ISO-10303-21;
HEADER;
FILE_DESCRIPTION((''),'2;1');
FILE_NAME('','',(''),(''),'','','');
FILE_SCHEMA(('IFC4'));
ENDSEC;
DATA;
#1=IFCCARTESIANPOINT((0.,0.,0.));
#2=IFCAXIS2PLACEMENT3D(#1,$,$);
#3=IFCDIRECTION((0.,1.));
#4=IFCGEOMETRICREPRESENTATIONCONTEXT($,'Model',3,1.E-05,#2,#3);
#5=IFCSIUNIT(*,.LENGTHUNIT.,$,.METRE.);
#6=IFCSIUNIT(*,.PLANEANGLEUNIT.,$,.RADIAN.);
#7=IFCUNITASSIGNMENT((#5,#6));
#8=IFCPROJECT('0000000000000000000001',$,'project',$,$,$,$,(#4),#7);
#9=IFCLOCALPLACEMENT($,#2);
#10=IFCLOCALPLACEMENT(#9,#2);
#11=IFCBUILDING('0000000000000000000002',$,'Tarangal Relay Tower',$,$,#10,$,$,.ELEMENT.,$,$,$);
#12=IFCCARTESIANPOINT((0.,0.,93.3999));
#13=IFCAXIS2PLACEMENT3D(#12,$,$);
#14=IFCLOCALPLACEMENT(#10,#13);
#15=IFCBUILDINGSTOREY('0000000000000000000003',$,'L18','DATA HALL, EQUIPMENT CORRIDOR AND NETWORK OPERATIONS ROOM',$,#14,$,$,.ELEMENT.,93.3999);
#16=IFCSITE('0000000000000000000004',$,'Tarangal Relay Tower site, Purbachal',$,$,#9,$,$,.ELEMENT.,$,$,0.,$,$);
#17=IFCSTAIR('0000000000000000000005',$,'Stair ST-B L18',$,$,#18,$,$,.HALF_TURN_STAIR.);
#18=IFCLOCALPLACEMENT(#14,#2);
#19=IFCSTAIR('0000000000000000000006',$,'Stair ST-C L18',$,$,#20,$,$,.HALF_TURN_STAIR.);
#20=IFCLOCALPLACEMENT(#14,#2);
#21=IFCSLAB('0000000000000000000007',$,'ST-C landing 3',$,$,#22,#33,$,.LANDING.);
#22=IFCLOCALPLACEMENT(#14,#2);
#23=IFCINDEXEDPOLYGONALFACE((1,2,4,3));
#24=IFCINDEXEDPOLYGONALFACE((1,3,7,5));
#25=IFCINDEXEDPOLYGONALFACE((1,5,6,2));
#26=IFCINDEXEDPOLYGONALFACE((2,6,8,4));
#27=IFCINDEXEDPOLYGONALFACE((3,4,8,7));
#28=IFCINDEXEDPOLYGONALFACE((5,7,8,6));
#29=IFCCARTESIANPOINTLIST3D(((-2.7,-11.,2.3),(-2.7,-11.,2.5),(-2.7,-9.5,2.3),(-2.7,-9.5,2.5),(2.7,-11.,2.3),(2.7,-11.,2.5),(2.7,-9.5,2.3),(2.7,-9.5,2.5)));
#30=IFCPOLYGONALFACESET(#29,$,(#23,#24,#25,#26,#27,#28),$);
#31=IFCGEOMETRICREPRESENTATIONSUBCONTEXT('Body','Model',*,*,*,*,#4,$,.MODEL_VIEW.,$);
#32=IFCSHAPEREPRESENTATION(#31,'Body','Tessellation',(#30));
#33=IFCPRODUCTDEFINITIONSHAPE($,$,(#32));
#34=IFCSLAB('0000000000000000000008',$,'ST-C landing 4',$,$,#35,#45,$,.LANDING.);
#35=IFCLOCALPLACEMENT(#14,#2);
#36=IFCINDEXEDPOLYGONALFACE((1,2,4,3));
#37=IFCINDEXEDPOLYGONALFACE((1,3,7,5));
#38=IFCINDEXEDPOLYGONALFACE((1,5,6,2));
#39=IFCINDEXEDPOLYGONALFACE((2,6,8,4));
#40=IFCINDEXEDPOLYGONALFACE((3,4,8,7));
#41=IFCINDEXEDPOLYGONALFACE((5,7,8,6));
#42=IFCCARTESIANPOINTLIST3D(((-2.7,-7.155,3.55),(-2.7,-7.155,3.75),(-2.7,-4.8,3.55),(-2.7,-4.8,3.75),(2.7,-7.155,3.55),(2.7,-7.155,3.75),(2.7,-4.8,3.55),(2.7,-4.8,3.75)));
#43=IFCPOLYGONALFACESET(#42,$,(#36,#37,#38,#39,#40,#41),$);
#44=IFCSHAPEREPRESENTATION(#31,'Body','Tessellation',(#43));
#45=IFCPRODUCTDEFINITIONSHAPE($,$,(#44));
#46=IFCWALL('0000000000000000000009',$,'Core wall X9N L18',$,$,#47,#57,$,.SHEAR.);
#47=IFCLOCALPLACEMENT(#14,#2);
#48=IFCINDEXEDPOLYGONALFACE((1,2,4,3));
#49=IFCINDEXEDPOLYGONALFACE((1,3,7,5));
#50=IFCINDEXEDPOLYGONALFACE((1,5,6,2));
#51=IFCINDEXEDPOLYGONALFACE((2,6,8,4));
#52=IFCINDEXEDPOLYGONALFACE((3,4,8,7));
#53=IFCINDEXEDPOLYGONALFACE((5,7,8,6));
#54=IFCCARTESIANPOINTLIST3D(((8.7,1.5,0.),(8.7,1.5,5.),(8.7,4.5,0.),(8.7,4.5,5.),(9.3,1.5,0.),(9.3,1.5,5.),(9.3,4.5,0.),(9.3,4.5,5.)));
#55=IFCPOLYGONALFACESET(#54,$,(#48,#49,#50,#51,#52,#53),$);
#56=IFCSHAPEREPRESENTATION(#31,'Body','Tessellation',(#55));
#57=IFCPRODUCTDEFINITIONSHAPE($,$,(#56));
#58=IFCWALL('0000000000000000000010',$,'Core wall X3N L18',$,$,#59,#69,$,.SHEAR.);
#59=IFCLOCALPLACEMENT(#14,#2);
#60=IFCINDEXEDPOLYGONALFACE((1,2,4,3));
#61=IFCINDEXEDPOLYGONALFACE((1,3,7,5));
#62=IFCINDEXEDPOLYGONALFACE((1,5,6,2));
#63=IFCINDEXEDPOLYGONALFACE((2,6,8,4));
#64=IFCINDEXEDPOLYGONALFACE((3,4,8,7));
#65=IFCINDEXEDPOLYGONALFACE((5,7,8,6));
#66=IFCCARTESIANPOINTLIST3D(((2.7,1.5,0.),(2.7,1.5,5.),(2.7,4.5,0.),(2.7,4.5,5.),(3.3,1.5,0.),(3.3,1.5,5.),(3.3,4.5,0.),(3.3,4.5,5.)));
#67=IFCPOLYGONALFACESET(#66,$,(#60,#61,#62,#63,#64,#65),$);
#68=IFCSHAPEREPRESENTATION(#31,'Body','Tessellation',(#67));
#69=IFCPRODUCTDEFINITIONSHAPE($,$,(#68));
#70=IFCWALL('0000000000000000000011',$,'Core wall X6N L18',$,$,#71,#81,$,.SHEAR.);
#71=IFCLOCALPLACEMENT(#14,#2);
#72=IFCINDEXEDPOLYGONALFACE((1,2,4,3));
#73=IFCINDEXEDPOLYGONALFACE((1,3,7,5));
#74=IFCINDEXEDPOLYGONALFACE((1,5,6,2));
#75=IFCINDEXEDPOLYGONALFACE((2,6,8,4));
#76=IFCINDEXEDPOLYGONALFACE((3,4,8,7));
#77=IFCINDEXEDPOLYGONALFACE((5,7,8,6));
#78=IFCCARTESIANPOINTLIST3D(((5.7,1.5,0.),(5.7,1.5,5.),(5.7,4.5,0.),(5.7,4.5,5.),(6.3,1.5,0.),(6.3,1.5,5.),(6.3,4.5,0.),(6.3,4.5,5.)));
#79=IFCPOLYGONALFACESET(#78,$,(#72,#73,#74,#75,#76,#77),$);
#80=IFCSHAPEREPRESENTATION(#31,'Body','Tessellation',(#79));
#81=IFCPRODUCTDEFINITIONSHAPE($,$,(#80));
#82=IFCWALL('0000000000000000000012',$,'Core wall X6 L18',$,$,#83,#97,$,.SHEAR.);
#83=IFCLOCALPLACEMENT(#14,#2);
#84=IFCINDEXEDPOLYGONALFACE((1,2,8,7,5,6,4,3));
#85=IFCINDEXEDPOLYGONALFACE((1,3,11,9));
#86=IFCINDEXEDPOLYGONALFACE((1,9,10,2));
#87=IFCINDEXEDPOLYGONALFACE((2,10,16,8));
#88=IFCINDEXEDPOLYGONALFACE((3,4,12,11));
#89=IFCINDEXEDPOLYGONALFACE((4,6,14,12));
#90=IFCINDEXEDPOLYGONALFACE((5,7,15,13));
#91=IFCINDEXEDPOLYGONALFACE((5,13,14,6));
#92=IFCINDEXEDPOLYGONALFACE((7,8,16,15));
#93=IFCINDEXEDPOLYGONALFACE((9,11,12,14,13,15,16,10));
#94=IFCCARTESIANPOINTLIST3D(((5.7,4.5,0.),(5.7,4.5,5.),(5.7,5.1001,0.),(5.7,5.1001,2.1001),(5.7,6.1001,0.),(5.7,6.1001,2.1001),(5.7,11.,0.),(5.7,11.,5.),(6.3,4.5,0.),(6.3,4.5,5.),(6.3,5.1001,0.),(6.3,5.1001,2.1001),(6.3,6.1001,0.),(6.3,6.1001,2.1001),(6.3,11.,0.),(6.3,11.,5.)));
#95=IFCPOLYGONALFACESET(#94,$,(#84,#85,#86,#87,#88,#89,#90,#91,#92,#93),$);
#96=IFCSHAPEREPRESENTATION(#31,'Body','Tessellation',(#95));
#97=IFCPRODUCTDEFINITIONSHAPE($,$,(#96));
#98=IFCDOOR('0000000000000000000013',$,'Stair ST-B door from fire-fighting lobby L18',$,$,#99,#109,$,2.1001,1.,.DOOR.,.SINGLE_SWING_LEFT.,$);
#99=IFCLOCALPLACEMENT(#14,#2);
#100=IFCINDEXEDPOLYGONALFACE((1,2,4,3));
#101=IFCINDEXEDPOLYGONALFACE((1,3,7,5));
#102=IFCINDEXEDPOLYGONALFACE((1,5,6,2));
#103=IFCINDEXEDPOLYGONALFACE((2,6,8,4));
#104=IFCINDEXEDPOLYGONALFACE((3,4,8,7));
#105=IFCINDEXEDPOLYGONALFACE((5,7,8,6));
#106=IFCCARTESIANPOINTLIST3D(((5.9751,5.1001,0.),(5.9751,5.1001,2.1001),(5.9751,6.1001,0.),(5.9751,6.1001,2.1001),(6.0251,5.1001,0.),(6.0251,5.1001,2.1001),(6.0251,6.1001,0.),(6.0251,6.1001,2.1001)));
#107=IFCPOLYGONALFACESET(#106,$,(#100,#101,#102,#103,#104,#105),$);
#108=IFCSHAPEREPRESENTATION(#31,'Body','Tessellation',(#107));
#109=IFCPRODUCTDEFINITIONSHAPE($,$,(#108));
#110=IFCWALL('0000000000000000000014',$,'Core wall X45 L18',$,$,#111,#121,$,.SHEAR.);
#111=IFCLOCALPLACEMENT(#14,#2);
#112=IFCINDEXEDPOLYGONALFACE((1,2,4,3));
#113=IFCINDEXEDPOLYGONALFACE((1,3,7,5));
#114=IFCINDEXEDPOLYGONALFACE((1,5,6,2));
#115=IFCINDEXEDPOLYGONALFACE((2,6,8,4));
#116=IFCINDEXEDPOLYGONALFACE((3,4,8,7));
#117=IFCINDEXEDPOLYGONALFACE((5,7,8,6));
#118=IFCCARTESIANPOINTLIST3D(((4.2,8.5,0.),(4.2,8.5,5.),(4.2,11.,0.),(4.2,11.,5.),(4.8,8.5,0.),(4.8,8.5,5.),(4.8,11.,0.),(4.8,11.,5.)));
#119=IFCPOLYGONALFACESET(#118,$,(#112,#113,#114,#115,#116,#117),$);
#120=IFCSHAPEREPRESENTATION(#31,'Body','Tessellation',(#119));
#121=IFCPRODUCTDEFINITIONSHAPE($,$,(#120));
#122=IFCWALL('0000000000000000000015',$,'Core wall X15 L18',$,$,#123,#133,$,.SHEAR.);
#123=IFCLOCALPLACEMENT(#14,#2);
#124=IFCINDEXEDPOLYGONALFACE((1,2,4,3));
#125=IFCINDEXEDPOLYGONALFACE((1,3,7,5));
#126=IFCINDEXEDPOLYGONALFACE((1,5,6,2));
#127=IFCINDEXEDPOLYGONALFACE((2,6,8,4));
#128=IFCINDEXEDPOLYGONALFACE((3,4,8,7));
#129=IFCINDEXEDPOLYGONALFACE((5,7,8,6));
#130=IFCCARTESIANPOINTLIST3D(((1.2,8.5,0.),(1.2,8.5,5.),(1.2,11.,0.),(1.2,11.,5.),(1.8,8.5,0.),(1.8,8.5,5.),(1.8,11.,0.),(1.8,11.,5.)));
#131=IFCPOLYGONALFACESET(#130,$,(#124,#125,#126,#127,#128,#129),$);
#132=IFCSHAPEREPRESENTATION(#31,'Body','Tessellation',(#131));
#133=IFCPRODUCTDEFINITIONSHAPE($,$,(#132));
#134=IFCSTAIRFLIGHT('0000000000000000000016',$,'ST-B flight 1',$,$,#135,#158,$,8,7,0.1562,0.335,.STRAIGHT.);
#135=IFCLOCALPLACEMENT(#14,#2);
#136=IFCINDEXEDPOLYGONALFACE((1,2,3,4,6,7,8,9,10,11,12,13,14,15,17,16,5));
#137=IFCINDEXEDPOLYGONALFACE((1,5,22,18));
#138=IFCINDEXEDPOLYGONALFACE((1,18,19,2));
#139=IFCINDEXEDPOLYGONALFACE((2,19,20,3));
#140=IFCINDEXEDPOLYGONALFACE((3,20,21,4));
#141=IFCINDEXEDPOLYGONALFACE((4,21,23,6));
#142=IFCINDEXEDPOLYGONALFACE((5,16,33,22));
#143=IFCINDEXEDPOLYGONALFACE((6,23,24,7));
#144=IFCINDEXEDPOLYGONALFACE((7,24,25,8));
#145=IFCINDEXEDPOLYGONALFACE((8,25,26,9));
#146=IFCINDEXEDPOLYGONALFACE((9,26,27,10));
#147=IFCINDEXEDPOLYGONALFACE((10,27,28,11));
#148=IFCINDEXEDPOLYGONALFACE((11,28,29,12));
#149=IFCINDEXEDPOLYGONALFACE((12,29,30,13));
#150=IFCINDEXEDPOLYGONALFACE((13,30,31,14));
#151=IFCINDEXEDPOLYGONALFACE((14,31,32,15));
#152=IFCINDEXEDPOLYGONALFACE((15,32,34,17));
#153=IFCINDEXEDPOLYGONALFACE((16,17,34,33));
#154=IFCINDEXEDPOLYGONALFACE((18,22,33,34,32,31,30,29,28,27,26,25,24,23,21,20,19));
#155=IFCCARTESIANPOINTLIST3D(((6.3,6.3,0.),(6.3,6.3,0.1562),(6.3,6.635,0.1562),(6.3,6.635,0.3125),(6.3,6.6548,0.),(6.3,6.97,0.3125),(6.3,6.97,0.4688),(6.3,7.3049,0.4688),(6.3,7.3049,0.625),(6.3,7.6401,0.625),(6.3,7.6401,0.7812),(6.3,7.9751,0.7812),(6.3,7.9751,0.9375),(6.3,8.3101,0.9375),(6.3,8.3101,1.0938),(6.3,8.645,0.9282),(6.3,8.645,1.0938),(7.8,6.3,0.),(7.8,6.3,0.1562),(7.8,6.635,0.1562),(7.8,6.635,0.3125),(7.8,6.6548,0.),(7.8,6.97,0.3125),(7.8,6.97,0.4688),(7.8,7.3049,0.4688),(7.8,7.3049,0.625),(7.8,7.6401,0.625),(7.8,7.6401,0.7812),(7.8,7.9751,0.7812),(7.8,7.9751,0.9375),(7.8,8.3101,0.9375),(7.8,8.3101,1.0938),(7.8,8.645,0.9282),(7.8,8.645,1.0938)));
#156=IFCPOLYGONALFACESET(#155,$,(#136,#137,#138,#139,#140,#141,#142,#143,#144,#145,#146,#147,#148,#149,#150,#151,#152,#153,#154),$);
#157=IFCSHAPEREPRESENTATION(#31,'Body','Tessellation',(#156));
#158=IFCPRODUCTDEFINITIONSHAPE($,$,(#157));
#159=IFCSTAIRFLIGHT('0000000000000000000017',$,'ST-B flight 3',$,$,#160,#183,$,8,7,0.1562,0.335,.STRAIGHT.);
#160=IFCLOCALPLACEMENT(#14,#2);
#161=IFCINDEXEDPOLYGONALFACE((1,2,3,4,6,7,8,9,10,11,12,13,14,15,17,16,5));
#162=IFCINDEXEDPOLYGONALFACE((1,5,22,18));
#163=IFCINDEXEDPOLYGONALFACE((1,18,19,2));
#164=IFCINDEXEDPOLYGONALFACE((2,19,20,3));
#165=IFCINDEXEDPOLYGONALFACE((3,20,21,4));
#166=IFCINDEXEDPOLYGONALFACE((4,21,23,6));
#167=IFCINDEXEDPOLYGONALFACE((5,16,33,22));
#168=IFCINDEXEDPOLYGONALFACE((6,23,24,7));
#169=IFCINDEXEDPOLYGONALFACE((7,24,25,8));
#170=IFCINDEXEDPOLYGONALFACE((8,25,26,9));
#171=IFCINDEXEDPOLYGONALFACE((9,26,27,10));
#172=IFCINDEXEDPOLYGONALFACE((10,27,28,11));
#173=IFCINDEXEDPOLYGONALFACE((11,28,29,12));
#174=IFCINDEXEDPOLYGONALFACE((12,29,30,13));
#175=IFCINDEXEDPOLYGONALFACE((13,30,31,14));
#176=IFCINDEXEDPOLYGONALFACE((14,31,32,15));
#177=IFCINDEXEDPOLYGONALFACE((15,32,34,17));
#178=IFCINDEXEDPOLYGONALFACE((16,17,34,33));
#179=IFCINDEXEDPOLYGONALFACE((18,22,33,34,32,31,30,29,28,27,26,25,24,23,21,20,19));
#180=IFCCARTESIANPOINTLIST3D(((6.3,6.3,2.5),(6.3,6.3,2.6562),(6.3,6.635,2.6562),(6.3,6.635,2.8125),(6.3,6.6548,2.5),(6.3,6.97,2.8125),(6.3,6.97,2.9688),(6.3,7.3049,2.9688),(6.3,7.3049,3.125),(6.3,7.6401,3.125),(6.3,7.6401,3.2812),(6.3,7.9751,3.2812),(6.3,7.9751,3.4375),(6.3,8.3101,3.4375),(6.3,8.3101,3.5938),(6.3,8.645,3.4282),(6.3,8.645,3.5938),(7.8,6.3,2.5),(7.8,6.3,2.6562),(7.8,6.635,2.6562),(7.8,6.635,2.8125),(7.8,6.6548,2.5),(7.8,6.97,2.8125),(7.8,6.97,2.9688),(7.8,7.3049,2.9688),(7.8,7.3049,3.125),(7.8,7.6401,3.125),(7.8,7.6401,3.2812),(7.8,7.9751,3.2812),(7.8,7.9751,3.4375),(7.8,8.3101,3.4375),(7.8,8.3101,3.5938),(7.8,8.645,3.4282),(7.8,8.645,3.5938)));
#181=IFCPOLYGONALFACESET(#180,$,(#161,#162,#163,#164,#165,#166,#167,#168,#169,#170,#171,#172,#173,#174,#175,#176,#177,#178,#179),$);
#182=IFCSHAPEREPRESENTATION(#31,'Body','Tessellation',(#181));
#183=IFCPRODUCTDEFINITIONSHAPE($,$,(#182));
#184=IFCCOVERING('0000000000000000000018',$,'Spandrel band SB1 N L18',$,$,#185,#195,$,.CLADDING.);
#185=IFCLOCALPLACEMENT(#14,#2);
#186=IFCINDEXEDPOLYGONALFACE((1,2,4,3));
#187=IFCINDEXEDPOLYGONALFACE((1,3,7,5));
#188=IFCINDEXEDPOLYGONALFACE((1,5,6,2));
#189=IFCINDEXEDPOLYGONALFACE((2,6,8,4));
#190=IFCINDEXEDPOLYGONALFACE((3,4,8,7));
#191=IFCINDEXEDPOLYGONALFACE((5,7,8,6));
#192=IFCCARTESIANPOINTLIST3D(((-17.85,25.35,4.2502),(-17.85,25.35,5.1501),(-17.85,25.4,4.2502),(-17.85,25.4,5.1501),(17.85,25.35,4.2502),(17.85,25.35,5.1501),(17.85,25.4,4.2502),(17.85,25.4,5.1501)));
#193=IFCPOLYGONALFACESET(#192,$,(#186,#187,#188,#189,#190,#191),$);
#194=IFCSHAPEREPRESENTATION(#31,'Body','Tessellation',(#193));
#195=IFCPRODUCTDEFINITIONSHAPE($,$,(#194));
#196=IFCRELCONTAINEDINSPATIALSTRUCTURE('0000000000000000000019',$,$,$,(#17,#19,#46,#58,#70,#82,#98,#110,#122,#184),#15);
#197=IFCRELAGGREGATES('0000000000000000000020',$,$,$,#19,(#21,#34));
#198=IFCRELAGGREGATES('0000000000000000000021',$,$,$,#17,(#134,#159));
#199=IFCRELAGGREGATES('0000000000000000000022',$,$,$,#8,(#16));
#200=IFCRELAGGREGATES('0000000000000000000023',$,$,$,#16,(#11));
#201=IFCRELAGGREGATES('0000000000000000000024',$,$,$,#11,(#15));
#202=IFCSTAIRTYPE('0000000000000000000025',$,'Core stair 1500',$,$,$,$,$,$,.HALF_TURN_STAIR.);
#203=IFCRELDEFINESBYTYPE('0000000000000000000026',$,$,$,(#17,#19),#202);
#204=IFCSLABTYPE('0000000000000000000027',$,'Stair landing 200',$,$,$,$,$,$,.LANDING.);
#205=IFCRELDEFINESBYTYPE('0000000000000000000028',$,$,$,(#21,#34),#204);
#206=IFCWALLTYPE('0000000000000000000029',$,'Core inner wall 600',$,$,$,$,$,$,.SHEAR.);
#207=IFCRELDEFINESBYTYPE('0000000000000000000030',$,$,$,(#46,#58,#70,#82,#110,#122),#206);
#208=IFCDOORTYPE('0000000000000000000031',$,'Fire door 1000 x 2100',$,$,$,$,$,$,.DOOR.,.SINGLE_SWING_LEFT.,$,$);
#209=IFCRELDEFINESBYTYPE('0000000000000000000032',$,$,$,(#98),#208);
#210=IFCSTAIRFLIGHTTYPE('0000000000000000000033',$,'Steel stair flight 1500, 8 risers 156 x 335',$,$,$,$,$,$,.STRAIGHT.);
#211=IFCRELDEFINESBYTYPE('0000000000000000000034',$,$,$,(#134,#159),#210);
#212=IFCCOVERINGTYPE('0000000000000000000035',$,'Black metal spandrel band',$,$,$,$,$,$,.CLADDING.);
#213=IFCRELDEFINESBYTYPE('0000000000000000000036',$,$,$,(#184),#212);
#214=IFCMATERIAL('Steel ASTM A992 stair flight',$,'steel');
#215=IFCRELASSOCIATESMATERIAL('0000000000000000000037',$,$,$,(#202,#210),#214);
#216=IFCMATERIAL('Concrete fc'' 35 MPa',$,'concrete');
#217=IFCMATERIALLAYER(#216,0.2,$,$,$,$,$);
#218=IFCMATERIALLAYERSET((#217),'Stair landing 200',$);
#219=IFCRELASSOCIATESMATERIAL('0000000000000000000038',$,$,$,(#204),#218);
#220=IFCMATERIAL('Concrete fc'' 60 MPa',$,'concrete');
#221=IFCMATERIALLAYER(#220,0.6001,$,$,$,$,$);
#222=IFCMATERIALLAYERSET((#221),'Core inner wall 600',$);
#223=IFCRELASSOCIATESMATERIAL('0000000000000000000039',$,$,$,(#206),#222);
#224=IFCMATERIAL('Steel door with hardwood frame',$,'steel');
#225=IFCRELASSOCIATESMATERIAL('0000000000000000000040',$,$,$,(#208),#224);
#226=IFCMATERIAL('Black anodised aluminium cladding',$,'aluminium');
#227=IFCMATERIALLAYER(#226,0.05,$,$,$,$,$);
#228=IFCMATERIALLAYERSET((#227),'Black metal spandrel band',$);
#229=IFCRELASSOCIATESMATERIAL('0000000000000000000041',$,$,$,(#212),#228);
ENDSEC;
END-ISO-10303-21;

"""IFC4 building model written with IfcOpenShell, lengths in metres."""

from ifc_helpers import new_model, si_unit, direction, frame, frame_2d, origin, origin_2d, place, context, subcontext, project, spatial, polyline, rectangle, outline, extrude, material, layer, layer_set, type_object, element, fill, aggregate, save


model = new_model("IFC4")

# Units and contexts
model_context = context("Model", 3, precision=1e-05, world=origin(), true_north=direction((0.0, 1.0)))
body_context = subcontext(model_context, "Body", "Model", "MODEL_VIEW")
ifc_project = project(units=[si_unit("LENGTHUNIT", "METRE"), si_unit("PLANEANGLEUNIT", "RADIAN")], contexts=[model_context])

# Site, building, storey
site_placement = place(None, origin())
site = spatial("IfcSite", under=ifc_project, at=site_placement, Name="Tarangal Relay Tower site, Purbachal", CompositionType="ELEMENT", RefElevation=0.0)
building_placement = place(site_placement, origin())
building = spatial("IfcBuilding", under=site, at=building_placement, Name="Tarangal Relay Tower", CompositionType="ELEMENT")
storey_placement = place(building_placement, frame((0.0, 0.0, 93.3999)))
storey = spatial("IfcBuildingStorey", under=building, at=storey_placement, Name="L18", Description="DATA HALL, EQUIPMENT CORRIDOR AND NETWORK OPERATIONS ROOM", CompositionType="ELEMENT", Elevation=93.3999)

# Stairs, slabs
ifc_material_1 = material(Name="Steel ASTM A992 stair flight", Category="steel")
stair_type = type_object("IfcStairType", Name="Core stair 1500", PredefinedType="HALF_TURN_STAIR", material=ifc_material_1)
ifc_material_2 = material(Name="Concrete fc' 35 MPa", Category="concrete")
ifc_layer_1 = layer(ifc_material_2, 0.2)
ifc_layer_set_1 = layer_set([ifc_layer_1], Name="Stair landing 200")
slab_type = type_object("IfcSlabType", Name="Stair landing 200", PredefinedType="LANDING", material=ifc_layer_set_1)
stair_1_placement = place(storey_placement, origin())
stair_1 = element("IfcStair", 1, at=stair_1_placement, inside=storey, type_object=stair_type, Name="Stair ST-B L18", PredefinedType="HALF_TURN_STAIR")
stair_2_placement = place(storey_placement, origin())
stair_2 = element("IfcStair", 2, at=stair_2_placement, inside=storey, type_object=stair_type, Name="Stair ST-C L18", PredefinedType="HALF_TURN_STAIR")
slab_1_placement = place(storey_placement, frame((0.0, 0.0, 2.3)))
slab_1 = element("IfcSlab", 3, at=slab_1_placement, type_object=slab_type, Name="ST-C landing 3", PredefinedType="LANDING", context=body_context, shape_type="SweptSolid", body=[
    extrude(outline(polyline([(-2.7, -11.0), (2.7, -11.0), (2.7, -9.5), (-2.7, -9.5), (-2.7, -11.0)])), origin(), (0.0, 0.0, 1.0), 0.2),
])
slab_2_placement = place(storey_placement, frame((0.0, 0.0, 3.55)))
slab_2 = element("IfcSlab", 4, at=slab_2_placement, type_object=slab_type, Name="ST-C landing 4", PredefinedType="LANDING", context=body_context, shape_type="SweptSolid", body=[
    extrude(outline(polyline([(-2.7, -7.155), (2.7, -7.155), (2.7, -4.8), (-2.7, -4.8), (-2.7, -7.155)])), origin(), (0.0, 0.0, 1.0), 0.2),
])
aggregate(stair_2, [slab_1, slab_2])

# Walls
ifc_material_3 = material(Name="Concrete fc' 60 MPa", Category="concrete")
ifc_layer_2 = layer(ifc_material_3, 0.6001)
ifc_layer_set_2 = layer_set([ifc_layer_2], Name="Core inner wall 600")
wall_type = type_object("IfcWallType", Name="Core inner wall 600", PredefinedType="SHEAR", material=ifc_layer_set_2)
for number, where, z_axis, x_axis, name in (
    (5, (9.0, 1.5, 0.0), (0.0, 0.0, 1.0), (0.0, 1.0, 0.0), "Core wall X9N L18"),
    (6, (3.0, 1.5, 0.0), (0.0, 0.0, 1.0), (0.0, 1.0, 0.0), "Core wall X3N L18"),
    (7, (6.0, 1.5, 0.0), (0.0, 0.0, 1.0), (0.0, 1.0, 0.0), "Core wall X6N L18"),
):
    element("IfcWall", number, at=place(storey_placement, frame(where, z_axis=z_axis, x_axis=x_axis)), inside=storey, type_object=wall_type, Name=name, PredefinedType="SHEAR", context=body_context, shape_type="SweptSolid", body=[
        extrude(rectangle(XDim=3.0, YDim=0.6001, at=frame_2d((1.5, 0.0))), origin(), (0.0, 0.0, 1.0), 5.0),
    ])

# Wall, opening, door
wall_placement = place(storey_placement, frame((6.0, 4.5, 0.0), z_axis=(0.0, 0.0, 1.0), x_axis=(0.0, 1.0, 0.0)))
wall = element("IfcWall", 8, at=wall_placement, inside=storey, type_object=wall_type, Name="Core wall X6 L18", PredefinedType="SHEAR", context=body_context, shape_type="SweptSolid", body=[
    extrude(rectangle(XDim=6.5, YDim=0.6001, at=frame_2d((3.25, 0.0))), origin(), (0.0, 0.0, 1.0), 5.0),
])
opening_placement = place(wall_placement, frame((0.6001, 0.0, 0.0)))
opening = element("IfcOpeningElement", 9, at=opening_placement, cuts=wall, PredefinedType="OPENING", context=body_context, shape_type="SweptSolid", body=[
    extrude(rectangle(XDim=1.0, YDim=2.1001, at=frame_2d((0.5, 1.05))), frame((0.0, 0.3101, 0.0), z_axis=(0.0, -1.0, 0.0), x_axis=(1.0, 0.0, 0.0)), (0.0, 0.0, 1.0), 0.6201),
])
ifc_material_4 = material(Name="Steel door with hardwood frame", Category="steel")
door_type = type_object("IfcDoorType", Name="Fire door 1000 x 2100", OperationType="SINGLE_SWING_LEFT", PredefinedType="DOOR", material=ifc_material_4)
door_placement = place(opening_placement, origin())
door = element("IfcDoor", 10, at=door_placement, inside=storey, type_object=door_type, Name="Stair ST-B door from fire-fighting lobby L18", OperationType="SINGLE_SWING_LEFT", OverallHeight=2.1001, OverallWidth=1.0, PredefinedType="DOOR", context=body_context, shape_type="SweptSolid", body=[
    extrude(rectangle(XDim=1.0, YDim=2.1001, at=frame_2d((0.5, 1.05))), frame((0.0, 0.0249, 0.0), z_axis=(0.0, -1.0, 0.0), x_axis=(1.0, 0.0, 0.0)), (0.0, 0.0, 1.0), 0.05),
])
fill(opening, door)

# Walls
for number, where, z_axis, x_axis, name in (
    (11, (4.5, 8.5, 0.0), (0.0, 0.0, 1.0), (0.0, 1.0, 0.0), "Core wall X45 L18"),
    (12, (1.5, 8.5, 0.0), (0.0, 0.0, 1.0), (0.0, 1.0, 0.0), "Core wall X15 L18"),
):
    element("IfcWall", number, at=place(storey_placement, frame(where, z_axis=z_axis, x_axis=x_axis)), inside=storey, type_object=wall_type, Name=name, PredefinedType="SHEAR", context=body_context, shape_type="SweptSolid", body=[
        extrude(rectangle(XDim=2.5, YDim=0.6001, at=frame_2d((1.25, 0.0))), origin(), (0.0, 0.0, 1.0), 5.0),
    ])

# Stair flights
stair_flight_type = type_object("IfcStairFlightType", Name="Steel stair flight 1500, 8 risers 156 x 335", PredefinedType="STRAIGHT", material=ifc_material_1)
stair_flight_1_placement = place(storey_placement, frame((7.05, 6.3, 0.0), z_axis=(0.0, 0.0, 1.0), x_axis=(0.0, 1.0, 0.0)))
stair_flight_1 = element("IfcStairFlight", 13, at=stair_flight_1_placement, type_object=stair_flight_type, Name="ST-B flight 1", NumberOfRisers=8, NumberOfTreads=7, PredefinedType="STRAIGHT", RiserHeight=0.1562, TreadLength=0.335, context=body_context, shape_type="SweptSolid", body=[
    extrude(outline(polyline([(0.0, 0.0), (0.0, 0.1562), (0.335, 0.1562), (0.335, 0.3125), (0.6699, 0.3125), (0.6699, 0.4688), (1.0049, 0.4688), (1.0049, 0.625), (1.3401, 0.625), (1.3401, 0.7812), (1.675, 0.7812), (1.675, 0.9375), (2.01, 0.9375), (2.01, 1.0938), (2.345, 1.0938), (2.345, 1.25), (2.345, 0.9282), (0.3547, 0.0), (0.0, 0.0)])), frame((0.0, 0.75, 0.0), z_axis=(0.0, -1.0, 0.0), x_axis=(1.0, 0.0, 0.0)), (0.0, 0.0, 1.0), 1.5),
])
stair_flight_2_placement = place(storey_placement, frame((7.05, 6.3, 2.5), z_axis=(0.0, 0.0, 1.0), x_axis=(0.0, 1.0, 0.0)))
stair_flight_2 = element("IfcStairFlight", 14, at=stair_flight_2_placement, type_object=stair_flight_type, Name="ST-B flight 3", NumberOfRisers=8, NumberOfTreads=7, PredefinedType="STRAIGHT", RiserHeight=0.1562, TreadLength=0.335, context=body_context, shape_type="SweptSolid", body=[
    extrude(outline(polyline([(0.0, 0.0), (0.0, 0.1562), (0.335, 0.1562), (0.335, 0.3125), (0.6699, 0.3125), (0.6699, 0.4688), (1.0049, 0.4688), (1.0049, 0.625), (1.3401, 0.625), (1.3401, 0.7812), (1.675, 0.7812), (1.675, 0.9375), (2.01, 0.9375), (2.01, 1.0938), (2.345, 1.0938), (2.345, 1.25), (2.345, 0.9282), (0.3547, 0.0), (0.0, 0.0)])), frame((0.0, 0.75, 0.0), z_axis=(0.0, -1.0, 0.0), x_axis=(1.0, 0.0, 0.0)), (0.0, 0.0, 1.0), 1.5),
])
aggregate(stair_1, [stair_flight_1, stair_flight_2])

# Covering
ifc_material_5 = material(Name="Black anodised aluminium cladding", Category="aluminium")
ifc_layer_3 = layer(ifc_material_5, 0.05)
ifc_layer_set_3 = layer_set([ifc_layer_3], Name="Black metal spandrel band")
covering_type = type_object("IfcCoveringType", Name="Black metal spandrel band", PredefinedType="CLADDING", material=ifc_layer_set_3)
covering_placement = place(storey_placement, frame((0.0, 25.375, 4.2502), z_axis=(0.0, 0.0, 1.0), x_axis=(1.0, 0.0, 0.0)))
element("IfcCovering", 15, at=covering_placement, inside=storey, type_object=covering_type, Name="Spandrel band SB1 N L18", PredefinedType="CLADDING", context=body_context, shape_type="SweptSolid", body=[
    extrude(rectangle(XDim=35.7, YDim=0.05, at=origin_2d()), origin(), (0.0, 0.0, 1.0), 0.8999),
])

save(model, "model.ifc")
